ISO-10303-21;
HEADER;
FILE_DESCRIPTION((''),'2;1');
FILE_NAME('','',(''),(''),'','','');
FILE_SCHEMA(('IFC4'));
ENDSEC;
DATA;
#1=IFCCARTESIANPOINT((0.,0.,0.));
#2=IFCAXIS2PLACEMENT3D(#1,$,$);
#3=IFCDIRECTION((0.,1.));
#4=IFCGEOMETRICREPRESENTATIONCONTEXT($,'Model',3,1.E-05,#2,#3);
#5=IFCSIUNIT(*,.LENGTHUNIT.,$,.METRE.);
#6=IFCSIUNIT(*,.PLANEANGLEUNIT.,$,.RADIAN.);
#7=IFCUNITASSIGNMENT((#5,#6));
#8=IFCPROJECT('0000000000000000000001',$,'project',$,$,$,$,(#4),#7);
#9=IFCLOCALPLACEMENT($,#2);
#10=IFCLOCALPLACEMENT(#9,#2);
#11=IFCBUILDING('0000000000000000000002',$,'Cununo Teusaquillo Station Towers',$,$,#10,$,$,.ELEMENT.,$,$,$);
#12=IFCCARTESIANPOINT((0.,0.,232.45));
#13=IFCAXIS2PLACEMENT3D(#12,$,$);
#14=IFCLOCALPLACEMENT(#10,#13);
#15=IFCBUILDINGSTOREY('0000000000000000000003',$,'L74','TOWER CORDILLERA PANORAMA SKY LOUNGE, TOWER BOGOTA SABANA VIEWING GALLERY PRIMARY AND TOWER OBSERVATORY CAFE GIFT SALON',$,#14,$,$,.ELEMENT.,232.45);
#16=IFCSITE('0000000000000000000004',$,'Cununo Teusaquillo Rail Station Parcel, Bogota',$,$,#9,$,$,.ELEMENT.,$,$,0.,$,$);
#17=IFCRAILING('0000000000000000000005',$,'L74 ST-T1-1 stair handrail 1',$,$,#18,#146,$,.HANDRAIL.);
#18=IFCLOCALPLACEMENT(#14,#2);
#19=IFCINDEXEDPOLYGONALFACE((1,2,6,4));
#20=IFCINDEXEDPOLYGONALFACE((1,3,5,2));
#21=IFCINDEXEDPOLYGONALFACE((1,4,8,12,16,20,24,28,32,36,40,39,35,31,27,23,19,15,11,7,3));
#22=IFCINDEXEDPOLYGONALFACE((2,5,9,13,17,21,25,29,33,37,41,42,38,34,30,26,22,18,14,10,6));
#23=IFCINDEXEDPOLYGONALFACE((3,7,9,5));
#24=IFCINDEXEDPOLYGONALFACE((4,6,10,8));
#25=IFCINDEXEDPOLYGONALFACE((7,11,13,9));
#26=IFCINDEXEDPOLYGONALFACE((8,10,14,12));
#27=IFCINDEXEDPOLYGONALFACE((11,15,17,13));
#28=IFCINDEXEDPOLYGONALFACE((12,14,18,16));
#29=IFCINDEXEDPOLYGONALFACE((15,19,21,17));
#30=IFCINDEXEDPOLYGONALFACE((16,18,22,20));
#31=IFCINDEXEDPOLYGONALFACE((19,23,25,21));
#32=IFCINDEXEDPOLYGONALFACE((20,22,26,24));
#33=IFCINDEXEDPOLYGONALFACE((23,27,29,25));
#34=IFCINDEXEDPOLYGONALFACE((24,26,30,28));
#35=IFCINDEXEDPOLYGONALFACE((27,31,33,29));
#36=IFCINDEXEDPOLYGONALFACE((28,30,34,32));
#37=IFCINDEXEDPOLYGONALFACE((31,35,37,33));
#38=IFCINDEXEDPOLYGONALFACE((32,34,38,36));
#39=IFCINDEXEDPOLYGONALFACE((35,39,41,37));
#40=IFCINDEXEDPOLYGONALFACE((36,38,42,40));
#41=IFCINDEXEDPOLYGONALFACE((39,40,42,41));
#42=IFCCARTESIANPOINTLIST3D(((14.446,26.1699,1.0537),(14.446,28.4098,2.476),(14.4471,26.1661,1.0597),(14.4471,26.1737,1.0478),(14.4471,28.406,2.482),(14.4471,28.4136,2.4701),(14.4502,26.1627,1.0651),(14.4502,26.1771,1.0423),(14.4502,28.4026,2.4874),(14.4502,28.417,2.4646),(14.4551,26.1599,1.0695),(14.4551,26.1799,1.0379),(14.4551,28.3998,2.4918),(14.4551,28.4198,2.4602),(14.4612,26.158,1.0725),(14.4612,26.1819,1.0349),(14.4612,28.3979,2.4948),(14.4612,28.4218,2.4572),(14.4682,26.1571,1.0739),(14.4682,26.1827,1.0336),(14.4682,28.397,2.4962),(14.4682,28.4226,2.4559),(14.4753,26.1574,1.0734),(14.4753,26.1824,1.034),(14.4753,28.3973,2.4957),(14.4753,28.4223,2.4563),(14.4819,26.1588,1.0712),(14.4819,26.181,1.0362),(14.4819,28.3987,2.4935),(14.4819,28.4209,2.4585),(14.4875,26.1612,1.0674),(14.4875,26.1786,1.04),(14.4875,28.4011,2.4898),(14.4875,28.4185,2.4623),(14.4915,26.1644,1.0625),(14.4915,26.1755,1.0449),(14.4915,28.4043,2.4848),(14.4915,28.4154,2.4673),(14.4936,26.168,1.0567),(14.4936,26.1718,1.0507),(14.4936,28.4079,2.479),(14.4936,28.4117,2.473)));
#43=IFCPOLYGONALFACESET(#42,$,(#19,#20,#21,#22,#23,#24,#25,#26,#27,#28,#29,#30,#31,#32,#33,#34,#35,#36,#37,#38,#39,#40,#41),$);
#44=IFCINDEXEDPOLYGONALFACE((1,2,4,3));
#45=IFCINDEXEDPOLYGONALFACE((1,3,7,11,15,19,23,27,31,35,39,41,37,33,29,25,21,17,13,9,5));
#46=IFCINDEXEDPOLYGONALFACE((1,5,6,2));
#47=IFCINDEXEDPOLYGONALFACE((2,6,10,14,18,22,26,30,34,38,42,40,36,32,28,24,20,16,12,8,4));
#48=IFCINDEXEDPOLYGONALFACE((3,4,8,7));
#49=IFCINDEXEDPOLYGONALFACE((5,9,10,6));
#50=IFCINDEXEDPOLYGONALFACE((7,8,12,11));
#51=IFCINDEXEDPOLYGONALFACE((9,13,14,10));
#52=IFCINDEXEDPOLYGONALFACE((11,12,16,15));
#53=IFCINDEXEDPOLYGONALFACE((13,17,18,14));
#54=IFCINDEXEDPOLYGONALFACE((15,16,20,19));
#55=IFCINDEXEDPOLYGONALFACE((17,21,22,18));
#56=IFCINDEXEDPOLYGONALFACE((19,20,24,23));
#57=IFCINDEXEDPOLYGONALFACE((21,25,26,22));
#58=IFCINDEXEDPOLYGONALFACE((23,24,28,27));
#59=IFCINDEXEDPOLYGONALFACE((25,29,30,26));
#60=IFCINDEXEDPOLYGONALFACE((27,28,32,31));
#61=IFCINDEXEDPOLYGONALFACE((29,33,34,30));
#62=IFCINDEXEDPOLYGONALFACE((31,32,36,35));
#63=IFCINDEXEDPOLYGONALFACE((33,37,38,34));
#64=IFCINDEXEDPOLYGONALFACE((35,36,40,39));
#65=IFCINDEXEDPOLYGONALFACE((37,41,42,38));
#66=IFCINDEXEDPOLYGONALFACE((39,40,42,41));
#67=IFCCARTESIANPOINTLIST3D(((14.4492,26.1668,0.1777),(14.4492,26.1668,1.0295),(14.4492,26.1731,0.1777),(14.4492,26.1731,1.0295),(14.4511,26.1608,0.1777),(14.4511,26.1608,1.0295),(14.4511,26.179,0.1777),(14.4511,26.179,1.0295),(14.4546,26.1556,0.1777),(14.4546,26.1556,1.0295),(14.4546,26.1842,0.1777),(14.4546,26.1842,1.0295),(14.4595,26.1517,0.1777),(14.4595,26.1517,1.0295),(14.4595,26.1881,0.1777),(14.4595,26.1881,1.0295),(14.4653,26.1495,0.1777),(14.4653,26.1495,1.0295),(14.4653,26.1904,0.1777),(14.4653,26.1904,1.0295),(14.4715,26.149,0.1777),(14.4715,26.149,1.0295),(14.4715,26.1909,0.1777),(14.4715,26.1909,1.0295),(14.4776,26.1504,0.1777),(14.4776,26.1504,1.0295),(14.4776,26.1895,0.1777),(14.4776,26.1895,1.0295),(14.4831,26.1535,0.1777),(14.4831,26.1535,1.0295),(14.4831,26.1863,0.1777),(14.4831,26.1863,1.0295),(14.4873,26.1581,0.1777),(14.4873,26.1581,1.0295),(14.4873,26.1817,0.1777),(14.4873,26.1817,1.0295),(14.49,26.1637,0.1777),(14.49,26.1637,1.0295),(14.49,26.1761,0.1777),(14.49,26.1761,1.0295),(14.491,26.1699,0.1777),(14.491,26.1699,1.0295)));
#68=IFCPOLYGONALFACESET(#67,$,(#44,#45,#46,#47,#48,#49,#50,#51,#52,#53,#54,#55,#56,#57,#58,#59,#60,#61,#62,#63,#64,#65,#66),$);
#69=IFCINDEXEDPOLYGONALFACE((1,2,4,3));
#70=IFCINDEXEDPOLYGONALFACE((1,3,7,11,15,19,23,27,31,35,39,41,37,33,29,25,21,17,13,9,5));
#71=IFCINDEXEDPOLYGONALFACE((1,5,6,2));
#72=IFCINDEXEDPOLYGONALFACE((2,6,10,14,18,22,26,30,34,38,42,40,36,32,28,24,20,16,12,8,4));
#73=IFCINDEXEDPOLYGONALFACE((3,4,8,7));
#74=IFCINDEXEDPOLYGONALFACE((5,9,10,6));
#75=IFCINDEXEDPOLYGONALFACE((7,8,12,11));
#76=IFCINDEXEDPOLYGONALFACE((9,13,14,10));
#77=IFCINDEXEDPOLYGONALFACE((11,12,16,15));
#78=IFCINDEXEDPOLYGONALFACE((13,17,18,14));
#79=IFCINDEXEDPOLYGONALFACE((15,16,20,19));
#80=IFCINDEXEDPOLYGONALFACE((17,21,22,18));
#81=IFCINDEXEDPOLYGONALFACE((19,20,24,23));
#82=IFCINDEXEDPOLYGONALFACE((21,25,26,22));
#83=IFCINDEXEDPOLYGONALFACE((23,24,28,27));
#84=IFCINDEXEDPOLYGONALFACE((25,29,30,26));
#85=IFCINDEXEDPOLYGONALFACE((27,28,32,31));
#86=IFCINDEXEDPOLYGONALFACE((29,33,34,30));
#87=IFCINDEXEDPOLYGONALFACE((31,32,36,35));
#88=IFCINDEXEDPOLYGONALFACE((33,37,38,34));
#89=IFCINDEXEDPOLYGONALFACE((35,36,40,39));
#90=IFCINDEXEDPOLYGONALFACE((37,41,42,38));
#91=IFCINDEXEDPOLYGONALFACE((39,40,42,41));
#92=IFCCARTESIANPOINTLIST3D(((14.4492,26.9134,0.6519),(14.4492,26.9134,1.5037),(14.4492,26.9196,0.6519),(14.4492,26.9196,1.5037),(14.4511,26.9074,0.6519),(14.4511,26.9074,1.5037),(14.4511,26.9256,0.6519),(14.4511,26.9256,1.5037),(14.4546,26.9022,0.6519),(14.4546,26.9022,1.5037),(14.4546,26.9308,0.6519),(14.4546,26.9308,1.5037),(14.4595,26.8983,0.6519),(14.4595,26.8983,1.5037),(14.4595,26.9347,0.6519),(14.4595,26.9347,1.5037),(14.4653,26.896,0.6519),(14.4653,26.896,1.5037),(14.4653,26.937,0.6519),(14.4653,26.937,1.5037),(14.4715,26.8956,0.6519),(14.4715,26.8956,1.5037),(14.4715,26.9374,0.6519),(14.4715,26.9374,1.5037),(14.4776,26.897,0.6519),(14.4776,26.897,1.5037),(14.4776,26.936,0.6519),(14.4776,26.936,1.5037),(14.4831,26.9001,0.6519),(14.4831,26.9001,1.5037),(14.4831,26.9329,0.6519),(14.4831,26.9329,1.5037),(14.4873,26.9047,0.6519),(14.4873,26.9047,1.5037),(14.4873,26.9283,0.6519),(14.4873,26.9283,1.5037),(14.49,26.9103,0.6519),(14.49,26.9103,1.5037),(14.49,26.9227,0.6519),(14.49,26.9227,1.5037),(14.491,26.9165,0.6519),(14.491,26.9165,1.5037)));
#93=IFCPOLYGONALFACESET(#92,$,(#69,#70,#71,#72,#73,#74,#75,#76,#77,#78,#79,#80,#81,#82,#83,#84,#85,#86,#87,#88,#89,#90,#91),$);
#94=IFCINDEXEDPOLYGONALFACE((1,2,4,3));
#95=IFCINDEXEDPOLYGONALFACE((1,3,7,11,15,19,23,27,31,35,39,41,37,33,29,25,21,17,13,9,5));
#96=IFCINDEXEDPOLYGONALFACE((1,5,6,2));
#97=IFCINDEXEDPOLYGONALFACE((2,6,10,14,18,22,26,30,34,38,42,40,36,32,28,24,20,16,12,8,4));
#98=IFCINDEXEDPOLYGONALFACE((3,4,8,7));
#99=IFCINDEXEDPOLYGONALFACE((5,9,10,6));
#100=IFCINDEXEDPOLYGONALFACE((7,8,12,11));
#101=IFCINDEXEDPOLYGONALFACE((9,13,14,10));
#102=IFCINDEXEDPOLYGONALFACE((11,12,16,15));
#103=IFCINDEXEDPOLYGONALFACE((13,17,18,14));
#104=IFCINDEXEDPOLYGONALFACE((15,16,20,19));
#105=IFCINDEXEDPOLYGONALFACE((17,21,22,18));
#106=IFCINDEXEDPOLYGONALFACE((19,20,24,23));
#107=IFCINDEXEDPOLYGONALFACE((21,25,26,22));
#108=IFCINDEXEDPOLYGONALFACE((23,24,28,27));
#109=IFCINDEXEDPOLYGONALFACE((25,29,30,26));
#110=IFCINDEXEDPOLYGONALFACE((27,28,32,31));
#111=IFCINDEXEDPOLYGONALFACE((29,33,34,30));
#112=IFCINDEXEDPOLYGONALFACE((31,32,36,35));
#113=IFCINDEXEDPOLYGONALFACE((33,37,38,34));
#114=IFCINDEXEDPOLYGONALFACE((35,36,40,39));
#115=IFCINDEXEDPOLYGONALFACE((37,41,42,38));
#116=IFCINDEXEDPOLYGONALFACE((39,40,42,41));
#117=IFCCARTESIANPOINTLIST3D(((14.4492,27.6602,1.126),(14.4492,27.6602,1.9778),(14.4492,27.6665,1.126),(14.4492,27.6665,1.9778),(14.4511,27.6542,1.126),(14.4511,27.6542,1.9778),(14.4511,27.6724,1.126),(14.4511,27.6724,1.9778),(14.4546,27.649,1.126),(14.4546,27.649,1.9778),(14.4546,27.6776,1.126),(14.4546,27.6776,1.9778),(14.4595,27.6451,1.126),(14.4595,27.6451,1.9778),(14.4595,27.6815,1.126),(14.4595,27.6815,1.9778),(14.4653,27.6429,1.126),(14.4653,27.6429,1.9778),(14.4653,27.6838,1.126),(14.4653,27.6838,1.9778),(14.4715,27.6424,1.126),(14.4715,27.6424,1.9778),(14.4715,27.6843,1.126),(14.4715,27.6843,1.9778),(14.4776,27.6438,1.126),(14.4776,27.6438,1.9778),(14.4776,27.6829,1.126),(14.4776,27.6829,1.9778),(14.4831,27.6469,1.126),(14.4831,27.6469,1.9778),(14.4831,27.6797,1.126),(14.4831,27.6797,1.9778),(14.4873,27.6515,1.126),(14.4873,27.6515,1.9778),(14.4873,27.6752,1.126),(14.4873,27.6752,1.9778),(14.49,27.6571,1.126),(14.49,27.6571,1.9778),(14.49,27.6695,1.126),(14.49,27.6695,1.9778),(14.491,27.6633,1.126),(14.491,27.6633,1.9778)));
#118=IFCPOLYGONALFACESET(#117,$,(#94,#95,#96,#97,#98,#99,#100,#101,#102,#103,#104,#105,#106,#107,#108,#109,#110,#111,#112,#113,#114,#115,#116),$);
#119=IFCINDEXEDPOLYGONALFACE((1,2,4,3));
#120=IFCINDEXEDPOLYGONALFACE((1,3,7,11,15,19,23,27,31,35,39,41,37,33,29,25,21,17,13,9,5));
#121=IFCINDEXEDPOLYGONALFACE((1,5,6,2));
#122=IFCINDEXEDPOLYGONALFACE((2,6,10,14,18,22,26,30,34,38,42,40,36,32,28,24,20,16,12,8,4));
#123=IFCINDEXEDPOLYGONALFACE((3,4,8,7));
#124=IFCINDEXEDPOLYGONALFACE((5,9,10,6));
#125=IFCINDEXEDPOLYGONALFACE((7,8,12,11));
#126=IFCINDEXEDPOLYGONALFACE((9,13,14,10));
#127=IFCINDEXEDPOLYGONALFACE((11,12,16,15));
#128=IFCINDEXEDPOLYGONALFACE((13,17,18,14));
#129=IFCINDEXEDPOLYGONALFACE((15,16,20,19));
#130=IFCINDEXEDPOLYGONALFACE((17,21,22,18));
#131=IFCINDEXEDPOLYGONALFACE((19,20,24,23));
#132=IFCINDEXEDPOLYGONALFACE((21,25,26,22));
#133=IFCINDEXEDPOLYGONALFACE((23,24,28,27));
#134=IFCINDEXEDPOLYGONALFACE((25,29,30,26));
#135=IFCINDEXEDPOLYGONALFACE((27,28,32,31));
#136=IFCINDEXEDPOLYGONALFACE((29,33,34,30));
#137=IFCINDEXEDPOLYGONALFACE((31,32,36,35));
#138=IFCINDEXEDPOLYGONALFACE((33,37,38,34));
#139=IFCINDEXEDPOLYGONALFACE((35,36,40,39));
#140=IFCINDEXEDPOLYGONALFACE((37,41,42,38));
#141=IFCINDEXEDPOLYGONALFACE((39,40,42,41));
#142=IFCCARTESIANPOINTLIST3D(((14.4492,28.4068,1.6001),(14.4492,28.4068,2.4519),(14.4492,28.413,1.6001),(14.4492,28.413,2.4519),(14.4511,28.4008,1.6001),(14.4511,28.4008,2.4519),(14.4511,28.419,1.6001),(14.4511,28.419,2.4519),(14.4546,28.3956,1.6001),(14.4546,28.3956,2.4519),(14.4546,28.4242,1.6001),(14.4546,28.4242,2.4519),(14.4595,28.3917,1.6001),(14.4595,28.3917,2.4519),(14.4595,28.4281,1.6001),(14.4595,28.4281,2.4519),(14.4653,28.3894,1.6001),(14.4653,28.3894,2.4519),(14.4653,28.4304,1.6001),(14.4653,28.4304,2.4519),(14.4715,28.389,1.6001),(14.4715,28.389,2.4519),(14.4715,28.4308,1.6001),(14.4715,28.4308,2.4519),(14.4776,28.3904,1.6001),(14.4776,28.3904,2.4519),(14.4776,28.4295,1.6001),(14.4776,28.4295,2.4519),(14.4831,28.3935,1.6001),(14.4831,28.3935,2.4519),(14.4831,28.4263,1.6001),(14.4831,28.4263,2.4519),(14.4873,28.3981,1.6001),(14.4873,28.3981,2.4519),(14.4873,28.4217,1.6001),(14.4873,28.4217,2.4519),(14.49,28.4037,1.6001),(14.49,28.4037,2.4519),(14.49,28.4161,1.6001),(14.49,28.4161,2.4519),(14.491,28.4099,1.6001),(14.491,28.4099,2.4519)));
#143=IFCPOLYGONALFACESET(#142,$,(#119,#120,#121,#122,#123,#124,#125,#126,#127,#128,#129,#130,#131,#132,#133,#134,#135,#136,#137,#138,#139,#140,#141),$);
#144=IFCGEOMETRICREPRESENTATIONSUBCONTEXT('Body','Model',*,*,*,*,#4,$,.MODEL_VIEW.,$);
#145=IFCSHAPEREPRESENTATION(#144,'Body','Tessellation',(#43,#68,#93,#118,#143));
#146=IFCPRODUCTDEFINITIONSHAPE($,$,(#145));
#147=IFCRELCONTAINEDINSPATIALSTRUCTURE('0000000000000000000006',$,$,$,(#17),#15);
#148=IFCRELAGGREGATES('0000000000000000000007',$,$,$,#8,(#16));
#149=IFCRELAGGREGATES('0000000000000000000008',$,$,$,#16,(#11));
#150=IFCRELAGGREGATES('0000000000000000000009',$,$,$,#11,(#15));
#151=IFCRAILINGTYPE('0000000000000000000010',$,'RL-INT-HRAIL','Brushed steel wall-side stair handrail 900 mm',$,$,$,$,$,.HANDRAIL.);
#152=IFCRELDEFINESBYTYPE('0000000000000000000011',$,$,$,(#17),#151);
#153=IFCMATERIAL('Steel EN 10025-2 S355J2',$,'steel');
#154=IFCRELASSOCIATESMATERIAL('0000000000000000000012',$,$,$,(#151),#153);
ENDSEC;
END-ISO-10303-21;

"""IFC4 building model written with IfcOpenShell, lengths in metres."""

from ifc_helpers import new_model, si_unit, direction, frame, origin, origin_2d, place, context, subcontext, project, spatial, circle, extrude, material, type_object, element, save


model = new_model("IFC4")

# Units and contexts
model_context = context("Model", 3, precision=1e-05, world=origin(), true_north=direction((0.0, 1.0)))
body_context = subcontext(model_context, "Body", "Model", "MODEL_VIEW")
ifc_project = project(units=[si_unit("LENGTHUNIT", "METRE"), si_unit("PLANEANGLEUNIT", "RADIAN")], contexts=[model_context])

# Site, building, storey
site_placement = place(None, origin())
site = spatial("IfcSite", under=ifc_project, at=site_placement, Name="Cununo Teusaquillo Rail Station Parcel, Bogota", CompositionType="ELEMENT", RefElevation=0.0)
building_placement = place(site_placement, origin())
building = spatial("IfcBuilding", under=site, at=building_placement, Name="Cununo Teusaquillo Station Towers", CompositionType="ELEMENT")
storey_placement = place(building_placement, frame((0.0, 0.0, 232.45)))
storey = spatial("IfcBuildingStorey", under=building, at=storey_placement, Name="L74", Description="TOWER CORDILLERA PANORAMA SKY LOUNGE, TOWER BOGOTA SABANA VIEWING GALLERY PRIMARY AND TOWER OBSERVATORY CAFE GIFT SALON", CompositionType="ELEMENT", Elevation=232.45)

# Railing
ifc_material_1 = material(Name="Steel EN 10025-2 S355J2", Category="steel")
railing_type_1 = type_object("IfcRailingType", Name="RL-INT-HRAIL", Description="Brushed steel wall-side stair handrail 900 mm", PredefinedType="HANDRAIL", material=ifc_material_1)
railing_1_placement = place(storey_placement, frame((14.47, 26.1699, 0.1777)))
element("IfcRailing", 1, at=railing_1_placement, inside=storey, type_object=railing_type_1, Name="L74 ST-T1-1 stair handrail 1", PredefinedType="HANDRAIL", context=body_context, shape_type="SweptSolid", body=[
    extrude(circle(Radius=0.0239, at=origin_2d()), frame((0.0, 0.0, 0.876), z_axis=(0.0, 0.844188, 0.536048), x_axis=(-1.0, 0.0, 0.0)), (0.0, 0.0, 1.0), 2.6533),
    extrude(circle(Radius=0.021, at=origin_2d()), origin(), (0.0, 0.0, 1.0), 0.8518),
    extrude(circle(Radius=0.021, at=origin_2d()), frame((0.0, 0.7466, 0.4741)), (0.0, 0.0, 1.0), 0.8518),
    extrude(circle(Radius=0.021, at=origin_2d()), frame((0.0, 1.4934, 0.9482)), (0.0, 0.0, 1.0), 0.8518),
    extrude(circle(Radius=0.021, at=origin_2d()), frame((0.0, 2.24, 1.4224)), (0.0, 0.0, 1.0), 0.8518),
])

save(model, "model.ifc")
